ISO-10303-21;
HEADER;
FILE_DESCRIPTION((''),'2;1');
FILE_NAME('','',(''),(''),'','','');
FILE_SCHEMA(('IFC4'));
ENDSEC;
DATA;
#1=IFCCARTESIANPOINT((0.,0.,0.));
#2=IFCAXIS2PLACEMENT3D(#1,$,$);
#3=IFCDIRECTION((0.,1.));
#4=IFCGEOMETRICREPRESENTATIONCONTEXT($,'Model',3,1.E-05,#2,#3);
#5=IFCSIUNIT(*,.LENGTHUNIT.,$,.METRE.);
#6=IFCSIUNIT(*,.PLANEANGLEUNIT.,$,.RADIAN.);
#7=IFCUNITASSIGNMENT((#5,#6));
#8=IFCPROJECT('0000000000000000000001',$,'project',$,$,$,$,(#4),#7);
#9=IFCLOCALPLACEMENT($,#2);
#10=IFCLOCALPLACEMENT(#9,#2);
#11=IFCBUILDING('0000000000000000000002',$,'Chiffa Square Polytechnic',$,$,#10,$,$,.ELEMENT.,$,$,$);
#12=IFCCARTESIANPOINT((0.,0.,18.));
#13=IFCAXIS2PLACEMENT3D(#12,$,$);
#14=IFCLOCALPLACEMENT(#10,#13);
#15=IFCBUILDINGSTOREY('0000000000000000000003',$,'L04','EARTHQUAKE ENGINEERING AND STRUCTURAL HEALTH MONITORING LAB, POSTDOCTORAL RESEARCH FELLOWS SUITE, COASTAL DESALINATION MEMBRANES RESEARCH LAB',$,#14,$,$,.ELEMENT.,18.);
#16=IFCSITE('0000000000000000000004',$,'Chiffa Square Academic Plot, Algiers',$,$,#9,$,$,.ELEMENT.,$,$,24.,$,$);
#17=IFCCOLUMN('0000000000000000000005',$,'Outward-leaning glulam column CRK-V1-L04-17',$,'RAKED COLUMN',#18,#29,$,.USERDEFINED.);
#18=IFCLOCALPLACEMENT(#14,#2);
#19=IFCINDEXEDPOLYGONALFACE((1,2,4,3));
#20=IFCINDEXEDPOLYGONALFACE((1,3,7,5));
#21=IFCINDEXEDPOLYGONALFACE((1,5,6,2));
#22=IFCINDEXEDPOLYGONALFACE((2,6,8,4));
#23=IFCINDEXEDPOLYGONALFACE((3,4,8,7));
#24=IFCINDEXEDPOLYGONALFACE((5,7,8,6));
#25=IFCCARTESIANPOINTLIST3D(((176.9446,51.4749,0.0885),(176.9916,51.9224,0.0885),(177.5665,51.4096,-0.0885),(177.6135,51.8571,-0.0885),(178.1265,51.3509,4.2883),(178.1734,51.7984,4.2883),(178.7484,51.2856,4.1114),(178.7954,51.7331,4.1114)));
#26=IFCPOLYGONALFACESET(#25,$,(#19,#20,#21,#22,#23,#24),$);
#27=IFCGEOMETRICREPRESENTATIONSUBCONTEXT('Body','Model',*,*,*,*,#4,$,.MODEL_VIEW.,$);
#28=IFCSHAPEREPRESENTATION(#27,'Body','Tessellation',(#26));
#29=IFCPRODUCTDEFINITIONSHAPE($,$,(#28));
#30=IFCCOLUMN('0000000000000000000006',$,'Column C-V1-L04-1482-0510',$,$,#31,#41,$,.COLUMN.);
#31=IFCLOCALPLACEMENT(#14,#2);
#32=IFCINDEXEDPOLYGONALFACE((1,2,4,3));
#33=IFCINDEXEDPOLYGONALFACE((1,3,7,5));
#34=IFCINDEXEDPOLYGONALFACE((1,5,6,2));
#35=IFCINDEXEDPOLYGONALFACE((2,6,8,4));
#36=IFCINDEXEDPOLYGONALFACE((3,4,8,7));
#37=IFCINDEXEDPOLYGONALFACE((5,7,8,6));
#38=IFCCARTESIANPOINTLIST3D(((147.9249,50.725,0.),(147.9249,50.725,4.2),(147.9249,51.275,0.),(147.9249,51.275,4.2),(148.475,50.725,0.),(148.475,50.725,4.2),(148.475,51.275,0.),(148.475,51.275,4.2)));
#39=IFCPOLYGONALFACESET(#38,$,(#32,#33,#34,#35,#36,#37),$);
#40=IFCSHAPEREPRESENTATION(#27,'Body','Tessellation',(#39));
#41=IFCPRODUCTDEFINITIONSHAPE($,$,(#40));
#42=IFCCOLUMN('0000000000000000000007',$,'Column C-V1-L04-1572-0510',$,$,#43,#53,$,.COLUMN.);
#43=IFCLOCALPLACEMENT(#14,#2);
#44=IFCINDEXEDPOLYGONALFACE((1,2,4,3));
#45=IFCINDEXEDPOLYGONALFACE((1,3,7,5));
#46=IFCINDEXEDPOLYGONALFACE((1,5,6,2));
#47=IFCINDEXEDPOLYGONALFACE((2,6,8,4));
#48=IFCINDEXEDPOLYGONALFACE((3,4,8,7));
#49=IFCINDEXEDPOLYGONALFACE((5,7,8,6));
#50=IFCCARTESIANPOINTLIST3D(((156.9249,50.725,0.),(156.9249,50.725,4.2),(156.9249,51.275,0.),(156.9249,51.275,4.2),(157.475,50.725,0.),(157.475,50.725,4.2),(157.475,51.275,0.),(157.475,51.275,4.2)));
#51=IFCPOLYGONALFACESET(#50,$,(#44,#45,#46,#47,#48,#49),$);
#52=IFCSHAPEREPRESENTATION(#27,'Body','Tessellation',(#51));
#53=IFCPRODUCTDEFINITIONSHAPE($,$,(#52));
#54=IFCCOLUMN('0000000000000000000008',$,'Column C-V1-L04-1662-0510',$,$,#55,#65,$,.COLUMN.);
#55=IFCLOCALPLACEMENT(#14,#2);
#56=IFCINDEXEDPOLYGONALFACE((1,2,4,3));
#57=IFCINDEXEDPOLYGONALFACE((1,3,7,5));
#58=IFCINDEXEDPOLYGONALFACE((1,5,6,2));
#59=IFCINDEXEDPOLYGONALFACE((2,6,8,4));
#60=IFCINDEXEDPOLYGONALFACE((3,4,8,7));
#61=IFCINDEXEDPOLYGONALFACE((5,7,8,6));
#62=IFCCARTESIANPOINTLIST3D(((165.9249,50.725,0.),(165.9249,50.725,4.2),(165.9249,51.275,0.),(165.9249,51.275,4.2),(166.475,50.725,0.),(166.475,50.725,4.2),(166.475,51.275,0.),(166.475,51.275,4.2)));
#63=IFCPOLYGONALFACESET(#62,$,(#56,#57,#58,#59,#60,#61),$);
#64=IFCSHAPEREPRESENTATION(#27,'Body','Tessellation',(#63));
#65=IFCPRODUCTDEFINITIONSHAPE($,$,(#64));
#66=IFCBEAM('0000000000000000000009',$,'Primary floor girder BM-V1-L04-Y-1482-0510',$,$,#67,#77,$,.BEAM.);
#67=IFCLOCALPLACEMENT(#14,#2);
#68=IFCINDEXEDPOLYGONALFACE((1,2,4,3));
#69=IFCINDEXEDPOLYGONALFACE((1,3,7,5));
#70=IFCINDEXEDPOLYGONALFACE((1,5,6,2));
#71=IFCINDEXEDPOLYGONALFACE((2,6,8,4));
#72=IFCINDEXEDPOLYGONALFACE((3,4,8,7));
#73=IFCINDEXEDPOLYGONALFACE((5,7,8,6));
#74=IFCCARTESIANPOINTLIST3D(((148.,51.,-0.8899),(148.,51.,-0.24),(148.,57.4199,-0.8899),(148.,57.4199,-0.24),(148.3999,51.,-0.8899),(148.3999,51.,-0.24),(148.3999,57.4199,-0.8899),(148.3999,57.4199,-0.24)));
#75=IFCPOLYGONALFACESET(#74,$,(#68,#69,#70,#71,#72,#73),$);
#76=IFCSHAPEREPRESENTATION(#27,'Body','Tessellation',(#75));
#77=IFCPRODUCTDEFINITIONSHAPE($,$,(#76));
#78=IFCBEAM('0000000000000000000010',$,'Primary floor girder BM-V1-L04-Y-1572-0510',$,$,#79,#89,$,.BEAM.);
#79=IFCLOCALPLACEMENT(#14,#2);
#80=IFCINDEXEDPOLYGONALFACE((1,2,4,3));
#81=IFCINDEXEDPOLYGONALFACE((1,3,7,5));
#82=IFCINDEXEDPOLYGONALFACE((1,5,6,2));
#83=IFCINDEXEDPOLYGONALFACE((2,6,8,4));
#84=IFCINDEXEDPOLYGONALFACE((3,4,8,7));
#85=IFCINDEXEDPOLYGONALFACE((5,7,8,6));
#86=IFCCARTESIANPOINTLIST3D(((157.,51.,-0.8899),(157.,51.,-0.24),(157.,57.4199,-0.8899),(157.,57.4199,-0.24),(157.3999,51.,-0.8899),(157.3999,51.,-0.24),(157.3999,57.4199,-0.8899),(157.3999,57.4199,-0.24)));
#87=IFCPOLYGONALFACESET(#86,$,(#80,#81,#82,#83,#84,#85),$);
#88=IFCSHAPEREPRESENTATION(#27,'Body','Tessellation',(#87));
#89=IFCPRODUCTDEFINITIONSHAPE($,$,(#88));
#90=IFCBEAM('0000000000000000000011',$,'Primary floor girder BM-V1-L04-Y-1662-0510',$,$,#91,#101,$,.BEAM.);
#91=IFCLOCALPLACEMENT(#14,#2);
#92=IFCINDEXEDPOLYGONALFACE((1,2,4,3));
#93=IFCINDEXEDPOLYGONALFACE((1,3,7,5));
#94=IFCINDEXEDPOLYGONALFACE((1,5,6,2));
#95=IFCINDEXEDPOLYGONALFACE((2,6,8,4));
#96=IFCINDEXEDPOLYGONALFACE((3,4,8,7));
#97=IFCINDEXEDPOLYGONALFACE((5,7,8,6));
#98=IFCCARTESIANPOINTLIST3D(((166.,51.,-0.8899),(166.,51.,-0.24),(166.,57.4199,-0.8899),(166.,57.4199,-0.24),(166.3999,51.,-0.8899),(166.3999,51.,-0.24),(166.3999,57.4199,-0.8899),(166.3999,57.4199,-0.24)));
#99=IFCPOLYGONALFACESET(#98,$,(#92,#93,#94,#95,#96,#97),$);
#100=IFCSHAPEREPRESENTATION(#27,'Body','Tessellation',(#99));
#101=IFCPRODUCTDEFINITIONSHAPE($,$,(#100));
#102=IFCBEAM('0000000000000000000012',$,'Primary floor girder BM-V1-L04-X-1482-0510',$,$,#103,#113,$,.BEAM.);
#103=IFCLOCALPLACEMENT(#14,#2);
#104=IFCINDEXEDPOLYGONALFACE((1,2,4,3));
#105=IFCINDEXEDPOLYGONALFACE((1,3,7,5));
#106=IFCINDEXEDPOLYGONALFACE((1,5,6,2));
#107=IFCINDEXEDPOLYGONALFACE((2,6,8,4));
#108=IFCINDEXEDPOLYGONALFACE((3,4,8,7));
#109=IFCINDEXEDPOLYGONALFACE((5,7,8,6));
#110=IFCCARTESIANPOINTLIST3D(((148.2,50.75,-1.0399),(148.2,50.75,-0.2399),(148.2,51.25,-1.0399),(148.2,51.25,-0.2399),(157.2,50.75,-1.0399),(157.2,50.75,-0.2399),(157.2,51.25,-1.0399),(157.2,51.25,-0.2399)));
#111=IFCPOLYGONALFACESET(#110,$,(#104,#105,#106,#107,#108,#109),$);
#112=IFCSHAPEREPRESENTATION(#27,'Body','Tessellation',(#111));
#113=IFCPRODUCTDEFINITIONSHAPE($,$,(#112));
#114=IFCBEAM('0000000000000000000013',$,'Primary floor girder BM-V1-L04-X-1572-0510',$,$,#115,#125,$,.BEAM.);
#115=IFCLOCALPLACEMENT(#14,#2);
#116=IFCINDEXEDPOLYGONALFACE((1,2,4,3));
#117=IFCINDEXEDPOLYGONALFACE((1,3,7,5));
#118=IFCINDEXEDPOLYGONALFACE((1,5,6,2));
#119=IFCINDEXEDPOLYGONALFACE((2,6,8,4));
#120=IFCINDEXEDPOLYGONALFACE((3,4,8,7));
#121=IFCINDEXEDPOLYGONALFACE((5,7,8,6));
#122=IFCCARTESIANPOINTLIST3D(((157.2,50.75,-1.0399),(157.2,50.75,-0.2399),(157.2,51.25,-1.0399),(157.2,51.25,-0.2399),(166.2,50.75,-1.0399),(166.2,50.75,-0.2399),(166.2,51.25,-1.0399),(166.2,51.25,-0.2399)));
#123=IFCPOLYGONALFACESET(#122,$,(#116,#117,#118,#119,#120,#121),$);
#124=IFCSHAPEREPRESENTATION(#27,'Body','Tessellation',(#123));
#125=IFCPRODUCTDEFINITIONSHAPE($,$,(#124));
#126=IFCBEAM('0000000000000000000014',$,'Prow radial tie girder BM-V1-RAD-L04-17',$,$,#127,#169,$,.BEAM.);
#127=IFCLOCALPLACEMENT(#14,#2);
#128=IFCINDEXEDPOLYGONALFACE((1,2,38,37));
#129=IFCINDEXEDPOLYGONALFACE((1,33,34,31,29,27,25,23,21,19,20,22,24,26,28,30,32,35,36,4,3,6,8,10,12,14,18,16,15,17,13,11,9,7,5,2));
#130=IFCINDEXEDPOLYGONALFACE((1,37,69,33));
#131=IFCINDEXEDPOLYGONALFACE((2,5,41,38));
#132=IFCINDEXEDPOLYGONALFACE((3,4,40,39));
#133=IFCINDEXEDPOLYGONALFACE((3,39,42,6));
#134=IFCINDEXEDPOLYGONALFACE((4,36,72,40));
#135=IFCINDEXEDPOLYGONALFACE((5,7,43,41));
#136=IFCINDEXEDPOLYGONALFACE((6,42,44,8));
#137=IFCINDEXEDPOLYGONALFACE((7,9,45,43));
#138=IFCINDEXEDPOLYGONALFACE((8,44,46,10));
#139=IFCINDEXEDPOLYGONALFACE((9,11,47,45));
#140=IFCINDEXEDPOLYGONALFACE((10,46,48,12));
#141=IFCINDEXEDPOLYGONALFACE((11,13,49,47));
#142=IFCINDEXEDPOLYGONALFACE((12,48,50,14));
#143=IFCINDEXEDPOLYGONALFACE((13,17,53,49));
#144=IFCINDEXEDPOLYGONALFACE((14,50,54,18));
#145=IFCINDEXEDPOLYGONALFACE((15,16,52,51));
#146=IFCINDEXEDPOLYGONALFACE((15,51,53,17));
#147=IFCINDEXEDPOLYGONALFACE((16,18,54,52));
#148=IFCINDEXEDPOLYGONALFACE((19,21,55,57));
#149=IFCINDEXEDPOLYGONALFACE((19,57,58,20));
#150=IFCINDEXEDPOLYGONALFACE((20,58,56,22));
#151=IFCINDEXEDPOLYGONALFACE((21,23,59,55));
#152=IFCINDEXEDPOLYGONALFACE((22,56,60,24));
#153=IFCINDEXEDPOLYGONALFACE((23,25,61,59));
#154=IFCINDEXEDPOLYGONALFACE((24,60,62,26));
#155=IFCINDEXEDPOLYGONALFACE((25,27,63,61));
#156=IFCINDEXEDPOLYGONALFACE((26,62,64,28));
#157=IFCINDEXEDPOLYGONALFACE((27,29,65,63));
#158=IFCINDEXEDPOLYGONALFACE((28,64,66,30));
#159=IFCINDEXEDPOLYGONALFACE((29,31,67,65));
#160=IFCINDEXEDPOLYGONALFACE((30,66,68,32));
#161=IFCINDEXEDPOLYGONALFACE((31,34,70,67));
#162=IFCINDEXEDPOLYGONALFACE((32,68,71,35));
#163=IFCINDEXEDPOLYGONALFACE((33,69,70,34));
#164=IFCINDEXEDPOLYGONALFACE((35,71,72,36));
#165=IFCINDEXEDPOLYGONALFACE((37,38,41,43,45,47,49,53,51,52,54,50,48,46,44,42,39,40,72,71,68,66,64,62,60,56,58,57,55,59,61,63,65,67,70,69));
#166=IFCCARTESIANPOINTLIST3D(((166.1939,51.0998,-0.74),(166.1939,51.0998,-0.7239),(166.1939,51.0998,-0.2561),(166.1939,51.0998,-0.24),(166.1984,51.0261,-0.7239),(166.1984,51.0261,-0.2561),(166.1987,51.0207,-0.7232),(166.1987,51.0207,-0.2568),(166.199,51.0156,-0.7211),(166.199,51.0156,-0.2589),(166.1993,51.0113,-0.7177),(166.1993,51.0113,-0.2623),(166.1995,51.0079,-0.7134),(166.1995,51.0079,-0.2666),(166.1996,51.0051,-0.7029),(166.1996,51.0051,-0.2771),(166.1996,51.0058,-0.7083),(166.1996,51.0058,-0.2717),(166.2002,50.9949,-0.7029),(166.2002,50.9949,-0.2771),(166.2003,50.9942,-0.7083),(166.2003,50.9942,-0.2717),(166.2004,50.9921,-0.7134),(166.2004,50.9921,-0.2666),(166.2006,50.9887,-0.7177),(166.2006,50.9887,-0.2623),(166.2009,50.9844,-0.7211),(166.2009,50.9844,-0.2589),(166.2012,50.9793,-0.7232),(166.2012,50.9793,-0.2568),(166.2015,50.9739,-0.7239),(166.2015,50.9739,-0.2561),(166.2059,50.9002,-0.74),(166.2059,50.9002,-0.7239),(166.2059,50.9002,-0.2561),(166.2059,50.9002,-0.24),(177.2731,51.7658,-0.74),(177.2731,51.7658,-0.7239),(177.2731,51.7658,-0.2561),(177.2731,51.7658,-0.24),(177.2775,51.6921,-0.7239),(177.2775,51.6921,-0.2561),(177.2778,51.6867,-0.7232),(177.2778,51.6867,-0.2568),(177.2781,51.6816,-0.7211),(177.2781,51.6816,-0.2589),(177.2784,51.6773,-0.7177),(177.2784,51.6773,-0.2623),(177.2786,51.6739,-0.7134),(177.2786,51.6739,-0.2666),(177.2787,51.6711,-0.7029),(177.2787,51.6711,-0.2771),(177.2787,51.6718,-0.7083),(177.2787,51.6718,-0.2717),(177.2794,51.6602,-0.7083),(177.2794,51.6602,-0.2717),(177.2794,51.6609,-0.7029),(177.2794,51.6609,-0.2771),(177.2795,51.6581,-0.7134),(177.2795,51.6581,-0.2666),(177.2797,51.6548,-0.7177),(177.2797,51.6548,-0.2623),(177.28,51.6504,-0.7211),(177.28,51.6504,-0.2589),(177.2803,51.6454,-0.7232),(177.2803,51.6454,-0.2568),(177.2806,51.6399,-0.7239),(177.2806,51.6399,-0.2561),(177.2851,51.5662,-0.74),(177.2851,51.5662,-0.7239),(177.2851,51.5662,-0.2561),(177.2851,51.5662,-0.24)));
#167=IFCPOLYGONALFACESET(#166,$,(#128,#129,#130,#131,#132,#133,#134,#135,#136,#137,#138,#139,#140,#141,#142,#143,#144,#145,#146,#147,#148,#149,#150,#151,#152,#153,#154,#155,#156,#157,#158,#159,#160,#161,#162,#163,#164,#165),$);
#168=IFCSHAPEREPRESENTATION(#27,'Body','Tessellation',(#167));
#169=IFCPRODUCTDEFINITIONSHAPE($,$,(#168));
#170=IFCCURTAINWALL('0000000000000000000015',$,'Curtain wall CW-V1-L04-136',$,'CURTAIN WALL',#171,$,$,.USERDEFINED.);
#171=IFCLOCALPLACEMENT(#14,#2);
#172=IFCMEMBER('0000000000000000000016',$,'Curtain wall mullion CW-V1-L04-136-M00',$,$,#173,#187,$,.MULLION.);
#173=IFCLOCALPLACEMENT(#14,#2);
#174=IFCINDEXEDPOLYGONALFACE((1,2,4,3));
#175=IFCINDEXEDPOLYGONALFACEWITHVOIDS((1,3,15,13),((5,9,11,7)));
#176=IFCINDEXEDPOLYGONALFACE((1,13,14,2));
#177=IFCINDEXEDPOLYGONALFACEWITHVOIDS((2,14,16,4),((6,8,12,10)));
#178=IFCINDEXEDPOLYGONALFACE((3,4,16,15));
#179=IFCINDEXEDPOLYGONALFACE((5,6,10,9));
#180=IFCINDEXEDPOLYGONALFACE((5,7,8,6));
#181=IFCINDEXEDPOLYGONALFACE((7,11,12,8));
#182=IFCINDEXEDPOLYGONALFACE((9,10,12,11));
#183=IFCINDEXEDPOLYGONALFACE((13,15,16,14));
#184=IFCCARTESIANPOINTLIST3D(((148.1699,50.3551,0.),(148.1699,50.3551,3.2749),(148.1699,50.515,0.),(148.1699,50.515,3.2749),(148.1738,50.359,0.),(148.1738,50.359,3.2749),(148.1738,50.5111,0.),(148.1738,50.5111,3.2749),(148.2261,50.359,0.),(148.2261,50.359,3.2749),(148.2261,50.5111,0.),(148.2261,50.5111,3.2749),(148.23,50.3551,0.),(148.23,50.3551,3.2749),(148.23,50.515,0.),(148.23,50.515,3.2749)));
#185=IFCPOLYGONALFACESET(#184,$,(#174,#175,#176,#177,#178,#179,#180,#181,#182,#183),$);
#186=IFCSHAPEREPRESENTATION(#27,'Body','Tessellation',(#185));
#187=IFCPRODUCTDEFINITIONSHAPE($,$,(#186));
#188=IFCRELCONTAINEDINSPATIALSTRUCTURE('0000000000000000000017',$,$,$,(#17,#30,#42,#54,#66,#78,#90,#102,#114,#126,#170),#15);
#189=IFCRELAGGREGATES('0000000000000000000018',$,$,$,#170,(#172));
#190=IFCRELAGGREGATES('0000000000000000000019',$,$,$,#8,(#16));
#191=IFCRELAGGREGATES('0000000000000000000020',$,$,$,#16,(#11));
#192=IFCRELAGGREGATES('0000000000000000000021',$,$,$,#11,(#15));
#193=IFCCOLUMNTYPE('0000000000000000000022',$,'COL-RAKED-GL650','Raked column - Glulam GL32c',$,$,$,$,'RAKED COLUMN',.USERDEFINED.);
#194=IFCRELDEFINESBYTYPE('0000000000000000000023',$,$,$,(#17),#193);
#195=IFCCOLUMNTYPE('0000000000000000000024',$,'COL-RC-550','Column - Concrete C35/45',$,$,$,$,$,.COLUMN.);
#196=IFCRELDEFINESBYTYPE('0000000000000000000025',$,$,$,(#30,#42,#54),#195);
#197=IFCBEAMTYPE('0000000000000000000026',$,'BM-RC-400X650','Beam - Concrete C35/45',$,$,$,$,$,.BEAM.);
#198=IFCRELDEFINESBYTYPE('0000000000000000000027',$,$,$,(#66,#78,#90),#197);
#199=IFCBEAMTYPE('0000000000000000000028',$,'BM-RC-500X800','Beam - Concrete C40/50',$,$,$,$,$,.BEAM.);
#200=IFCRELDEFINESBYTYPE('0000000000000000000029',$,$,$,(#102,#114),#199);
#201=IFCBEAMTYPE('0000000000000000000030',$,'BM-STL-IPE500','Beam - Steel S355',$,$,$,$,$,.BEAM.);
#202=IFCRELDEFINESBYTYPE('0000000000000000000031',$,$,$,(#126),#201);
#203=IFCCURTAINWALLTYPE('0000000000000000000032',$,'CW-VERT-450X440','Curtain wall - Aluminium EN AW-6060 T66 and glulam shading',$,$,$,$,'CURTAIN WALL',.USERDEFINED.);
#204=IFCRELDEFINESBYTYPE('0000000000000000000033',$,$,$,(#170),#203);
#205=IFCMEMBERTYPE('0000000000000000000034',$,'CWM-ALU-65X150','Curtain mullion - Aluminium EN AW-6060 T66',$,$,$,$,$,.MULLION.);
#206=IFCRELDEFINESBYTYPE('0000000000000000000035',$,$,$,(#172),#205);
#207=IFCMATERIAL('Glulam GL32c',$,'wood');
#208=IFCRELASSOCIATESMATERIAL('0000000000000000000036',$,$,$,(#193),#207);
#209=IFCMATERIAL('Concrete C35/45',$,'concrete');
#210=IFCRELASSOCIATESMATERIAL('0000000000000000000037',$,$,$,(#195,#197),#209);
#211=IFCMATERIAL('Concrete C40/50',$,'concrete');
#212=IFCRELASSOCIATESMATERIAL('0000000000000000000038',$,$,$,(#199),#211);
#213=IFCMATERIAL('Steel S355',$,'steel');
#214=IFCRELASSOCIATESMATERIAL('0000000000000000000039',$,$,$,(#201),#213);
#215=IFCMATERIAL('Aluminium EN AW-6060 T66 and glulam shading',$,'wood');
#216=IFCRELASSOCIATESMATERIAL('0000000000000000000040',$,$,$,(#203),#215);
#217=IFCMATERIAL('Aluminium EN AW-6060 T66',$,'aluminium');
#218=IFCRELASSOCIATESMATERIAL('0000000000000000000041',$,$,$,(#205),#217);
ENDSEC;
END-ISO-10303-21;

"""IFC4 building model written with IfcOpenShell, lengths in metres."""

from ifc_helpers import new_model, si_unit, direction, frame, origin, origin_2d, place, context, subcontext, project, spatial, rectangle, hollow_rectangle, i_section, extrude, material, material_profile, profile_set, type_object, element, aggregate, save


model = new_model("IFC4")

# Units and contexts
model_context = context("Model", 3, precision=1e-05, world=origin(), true_north=direction((0.0, 1.0)))
body_context = subcontext(model_context, "Body", "Model", "MODEL_VIEW")
ifc_project = project(units=[si_unit("LENGTHUNIT", "METRE"), si_unit("PLANEANGLEUNIT", "RADIAN")], contexts=[model_context])

# Site, building, storey
site_placement = place(None, origin())
site = spatial("IfcSite", under=ifc_project, at=site_placement, Name="Chiffa Square Academic Plot, Algiers", CompositionType="ELEMENT", RefElevation=24.0)
building_placement = place(site_placement, origin())
building = spatial("IfcBuilding", under=site, at=building_placement, Name="Chiffa Square Polytechnic", CompositionType="ELEMENT")
storey_placement = place(building_placement, frame((0.0, 0.0, 18.0)))
storey = spatial("IfcBuildingStorey", under=building, at=storey_placement, Name="L04", Description="EARTHQUAKE ENGINEERING AND STRUCTURAL HEALTH MONITORING LAB, POSTDOCTORAL RESEARCH FELLOWS SUITE, COASTAL DESALINATION MEMBRANES RESEARCH LAB", CompositionType="ELEMENT", Elevation=18.0)

# Columns
ifc_material_1 = material(Name="Glulam GL32c", Category="wood")
ifc_material_profile_1 = material_profile(ifc_material_1, rectangle(XDim=0.45, YDim=0.6499, at=origin_2d()), Name="GL32c 450x650")
ifc_profile_set_1 = profile_set([ifc_material_profile_1], Name="Glulam GL32c")
column_type_1 = type_object("IfcColumnType", Name="COL-RAKED-GL650", Description="Raked column - Glulam GL32c", ElementType="RAKED COLUMN", PredefinedType="USERDEFINED", material=ifc_profile_set_1)
column_placement = place(storey_placement, frame((177.2791, 51.666, 0.0), z_axis=(0.270774, -0.028414, 0.962224), x_axis=(0.104364, 0.994539, 0.0)))
element("IfcColumn", 1, at=column_placement, inside=storey, type_object=column_type_1, Name="Outward-leaning glulam column CRK-V1-L04-17", ObjectType="RAKED COLUMN", PredefinedType="USERDEFINED", context=body_context, shape_type="SweptSolid", body=[
    extrude(rectangle(XDim=0.45, YDim=0.6499, at=origin_2d()), origin(), (0.0, 0.0, 1.0), 4.3647),
])
ifc_material_2 = material(Name="Concrete C35/45", Category="concrete")
ifc_material_profile_2 = material_profile(ifc_material_2, rectangle(XDim=0.55, YDim=0.55, at=origin_2d()), Name="RC 550x550")
ifc_profile_set_2 = profile_set([ifc_material_profile_2], Name="Concrete C35/45")
column_type_2 = type_object("IfcColumnType", Name="COL-RC-550", Description="Column - Concrete C35/45", PredefinedType="COLUMN", material=ifc_profile_set_2)
for number, where, z_axis, x_axis, name in (
    (2, (148.2, 51.0, 0.0), (0.0, 0.0, 1.0), (1.0, 0.0, 0.0), "Column C-V1-L04-1482-0510"),
    (3, (157.2, 51.0, 0.0), (0.0, 0.0, 1.0), (1.0, 0.0, 0.0), "Column C-V1-L04-1572-0510"),
    (4, (166.2, 51.0, 0.0), (0.0, 0.0, 1.0), (1.0, 0.0, 0.0), "Column C-V1-L04-1662-0510"),
):
    element("IfcColumn", number, at=place(storey_placement, frame(where, z_axis=z_axis, x_axis=x_axis)), inside=storey, type_object=column_type_2, Name=name, PredefinedType="COLUMN", context=body_context, shape_type="SweptSolid", body=[
        extrude(rectangle(XDim=0.55, YDim=0.55, at=origin_2d()), origin(), (0.0, 0.0, 1.0), 4.2),
    ])

# Beams
ifc_material_profile_3 = material_profile(ifc_material_2, rectangle(XDim=0.3999, YDim=0.6499, at=origin_2d()), Name="RC 400x650")
ifc_profile_set_3 = profile_set([ifc_material_profile_3], Name="Concrete C35/45")
beam_type_1 = type_object("IfcBeamType", Name="BM-RC-400X650", Description="Beam - Concrete C35/45", PredefinedType="BEAM", material=ifc_profile_set_3)
for number, where, z_axis, x_axis, name in (
    (5, (148.2, 51.0, -0.5649), (0.0, 1.0, 0.0), (-1.0, 0.0, 0.0), "Primary floor girder BM-V1-L04-Y-1482-0510"),
    (6, (157.2, 51.0, -0.5649), (0.0, 1.0, 0.0), (-1.0, 0.0, 0.0), "Primary floor girder BM-V1-L04-Y-1572-0510"),
    (7, (166.2, 51.0, -0.5649), (0.0, 1.0, 0.0), (-1.0, 0.0, 0.0), "Primary floor girder BM-V1-L04-Y-1662-0510"),
):
    element("IfcBeam", number, at=place(storey_placement, frame(where, z_axis=z_axis, x_axis=x_axis)), inside=storey, type_object=beam_type_1, Name=name, PredefinedType="BEAM", context=body_context, shape_type="SweptSolid", body=[
        extrude(rectangle(XDim=0.3999, YDim=0.6499, at=origin_2d()), origin(), (0.0, 0.0, 1.0), 6.4199),
    ])
ifc_material_3 = material(Name="Concrete C40/50", Category="concrete")
ifc_material_profile_4 = material_profile(ifc_material_3, rectangle(XDim=0.5, YDim=0.8, at=origin_2d()), Name="RC 500x800")
ifc_profile_set_4 = profile_set([ifc_material_profile_4], Name="Concrete C40/50")
beam_type_2 = type_object("IfcBeamType", Name="BM-RC-500X800", Description="Beam - Concrete C40/50", PredefinedType="BEAM", material=ifc_profile_set_4)
for number, where, z_axis, x_axis, name in (
    (8, (148.2, 51.0, -0.6399), (1.0, 0.0, 0.0), (0.0, 1.0, 0.0), "Primary floor girder BM-V1-L04-X-1482-0510"),
    (9, (157.2, 51.0, -0.6399), (1.0, 0.0, 0.0), (0.0, 1.0, 0.0), "Primary floor girder BM-V1-L04-X-1572-0510"),
):
    element("IfcBeam", number, at=place(storey_placement, frame(where, z_axis=z_axis, x_axis=x_axis)), inside=storey, type_object=beam_type_2, Name=name, PredefinedType="BEAM", context=body_context, shape_type="SweptSolid", body=[
        extrude(rectangle(XDim=0.5, YDim=0.8, at=origin_2d()), origin(), (0.0, 0.0, 1.0), 9.0),
    ])
ifc_material_4 = material(Name="Steel S355", Category="steel")
ifc_material_profile_5 = material_profile(ifc_material_4, i_section(OverallWidth=0.2, OverallDepth=0.5, WebThickness=0.0103, FlangeThickness=0.0161, FilletRadius=0.021, at=origin_2d()), Name="IPE 500")
ifc_profile_set_5 = profile_set([ifc_material_profile_5], Name="Steel S355")
beam_type_3 = type_object("IfcBeamType", Name="BM-STL-IPE500", Description="Beam - Steel S355", PredefinedType="BEAM", material=ifc_profile_set_5)
beam_1_placement = place(storey_placement, frame((177.2791, 51.666, -0.49), z_axis=(-0.998198, -0.060006, 0.0), x_axis=(0.060006, -0.998198, 0.0)))
element("IfcBeam", 10, at=beam_1_placement, inside=storey, type_object=beam_type_3, Name="Prow radial tie girder BM-V1-RAD-L04-17", PredefinedType="BEAM", context=body_context, shape_type="SweptSolid", body=[
    extrude(i_section(OverallWidth=0.2, OverallDepth=0.5, WebThickness=0.0103, FlangeThickness=0.0161, FilletRadius=0.021, at=origin_2d()), origin(), (0.0, 0.0, 1.0), 11.0991),
])

# Curtain wall, member
ifc_material_5 = material(Name="Aluminium EN AW-6060 T66 and glulam shading", Category="wood")
curtain_wall_type_1 = type_object("IfcCurtainWallType", Name="CW-VERT-450X440", Description="Curtain wall - Aluminium EN AW-6060 T66 and glulam shading", ElementType="CURTAIN WALL", PredefinedType="USERDEFINED", material=ifc_material_5)
curtain_wall_1_placement = place(storey_placement, origin())
curtain_wall_1 = element("IfcCurtainWall", 11, at=curtain_wall_1_placement, inside=storey, type_object=curtain_wall_type_1, Name="Curtain wall CW-V1-L04-136", ObjectType="CURTAIN WALL", PredefinedType="USERDEFINED")
ifc_material_6 = material(Name="Aluminium EN AW-6060 T66", Category="aluminium")
ifc_material_profile_6 = material_profile(ifc_material_6, hollow_rectangle(XDim=0.0601, YDim=0.1599, WallThickness=0.0039, at=origin_2d()), Name="ALU 60x160x4")
ifc_profile_set_6 = profile_set([ifc_material_profile_6], Name="Aluminium EN AW-6060 T66")
member_type_1 = type_object("IfcMemberType", Name="CWM-ALU-65X150", Description="Curtain mullion - Aluminium EN AW-6060 T66", PredefinedType="MULLION", material=ifc_profile_set_6)
member_1_placement = place(storey_placement, frame((148.2, 50.4351, 0.0), z_axis=(0.0, 0.0, 1.0), x_axis=(1.0, 0.0, 0.0)))
member_1 = element("IfcMember", 12, at=member_1_placement, type_object=member_type_1, Name="Curtain wall mullion CW-V1-L04-136-M00", PredefinedType="MULLION", context=body_context, shape_type="SweptSolid", body=[
    extrude(hollow_rectangle(XDim=0.0601, YDim=0.1599, WallThickness=0.0039, at=origin_2d()), origin(), (0.0, 0.0, 1.0), 3.2749),
])

aggregate(curtain_wall_1, [member_1])

save(model, "model.ifc")
